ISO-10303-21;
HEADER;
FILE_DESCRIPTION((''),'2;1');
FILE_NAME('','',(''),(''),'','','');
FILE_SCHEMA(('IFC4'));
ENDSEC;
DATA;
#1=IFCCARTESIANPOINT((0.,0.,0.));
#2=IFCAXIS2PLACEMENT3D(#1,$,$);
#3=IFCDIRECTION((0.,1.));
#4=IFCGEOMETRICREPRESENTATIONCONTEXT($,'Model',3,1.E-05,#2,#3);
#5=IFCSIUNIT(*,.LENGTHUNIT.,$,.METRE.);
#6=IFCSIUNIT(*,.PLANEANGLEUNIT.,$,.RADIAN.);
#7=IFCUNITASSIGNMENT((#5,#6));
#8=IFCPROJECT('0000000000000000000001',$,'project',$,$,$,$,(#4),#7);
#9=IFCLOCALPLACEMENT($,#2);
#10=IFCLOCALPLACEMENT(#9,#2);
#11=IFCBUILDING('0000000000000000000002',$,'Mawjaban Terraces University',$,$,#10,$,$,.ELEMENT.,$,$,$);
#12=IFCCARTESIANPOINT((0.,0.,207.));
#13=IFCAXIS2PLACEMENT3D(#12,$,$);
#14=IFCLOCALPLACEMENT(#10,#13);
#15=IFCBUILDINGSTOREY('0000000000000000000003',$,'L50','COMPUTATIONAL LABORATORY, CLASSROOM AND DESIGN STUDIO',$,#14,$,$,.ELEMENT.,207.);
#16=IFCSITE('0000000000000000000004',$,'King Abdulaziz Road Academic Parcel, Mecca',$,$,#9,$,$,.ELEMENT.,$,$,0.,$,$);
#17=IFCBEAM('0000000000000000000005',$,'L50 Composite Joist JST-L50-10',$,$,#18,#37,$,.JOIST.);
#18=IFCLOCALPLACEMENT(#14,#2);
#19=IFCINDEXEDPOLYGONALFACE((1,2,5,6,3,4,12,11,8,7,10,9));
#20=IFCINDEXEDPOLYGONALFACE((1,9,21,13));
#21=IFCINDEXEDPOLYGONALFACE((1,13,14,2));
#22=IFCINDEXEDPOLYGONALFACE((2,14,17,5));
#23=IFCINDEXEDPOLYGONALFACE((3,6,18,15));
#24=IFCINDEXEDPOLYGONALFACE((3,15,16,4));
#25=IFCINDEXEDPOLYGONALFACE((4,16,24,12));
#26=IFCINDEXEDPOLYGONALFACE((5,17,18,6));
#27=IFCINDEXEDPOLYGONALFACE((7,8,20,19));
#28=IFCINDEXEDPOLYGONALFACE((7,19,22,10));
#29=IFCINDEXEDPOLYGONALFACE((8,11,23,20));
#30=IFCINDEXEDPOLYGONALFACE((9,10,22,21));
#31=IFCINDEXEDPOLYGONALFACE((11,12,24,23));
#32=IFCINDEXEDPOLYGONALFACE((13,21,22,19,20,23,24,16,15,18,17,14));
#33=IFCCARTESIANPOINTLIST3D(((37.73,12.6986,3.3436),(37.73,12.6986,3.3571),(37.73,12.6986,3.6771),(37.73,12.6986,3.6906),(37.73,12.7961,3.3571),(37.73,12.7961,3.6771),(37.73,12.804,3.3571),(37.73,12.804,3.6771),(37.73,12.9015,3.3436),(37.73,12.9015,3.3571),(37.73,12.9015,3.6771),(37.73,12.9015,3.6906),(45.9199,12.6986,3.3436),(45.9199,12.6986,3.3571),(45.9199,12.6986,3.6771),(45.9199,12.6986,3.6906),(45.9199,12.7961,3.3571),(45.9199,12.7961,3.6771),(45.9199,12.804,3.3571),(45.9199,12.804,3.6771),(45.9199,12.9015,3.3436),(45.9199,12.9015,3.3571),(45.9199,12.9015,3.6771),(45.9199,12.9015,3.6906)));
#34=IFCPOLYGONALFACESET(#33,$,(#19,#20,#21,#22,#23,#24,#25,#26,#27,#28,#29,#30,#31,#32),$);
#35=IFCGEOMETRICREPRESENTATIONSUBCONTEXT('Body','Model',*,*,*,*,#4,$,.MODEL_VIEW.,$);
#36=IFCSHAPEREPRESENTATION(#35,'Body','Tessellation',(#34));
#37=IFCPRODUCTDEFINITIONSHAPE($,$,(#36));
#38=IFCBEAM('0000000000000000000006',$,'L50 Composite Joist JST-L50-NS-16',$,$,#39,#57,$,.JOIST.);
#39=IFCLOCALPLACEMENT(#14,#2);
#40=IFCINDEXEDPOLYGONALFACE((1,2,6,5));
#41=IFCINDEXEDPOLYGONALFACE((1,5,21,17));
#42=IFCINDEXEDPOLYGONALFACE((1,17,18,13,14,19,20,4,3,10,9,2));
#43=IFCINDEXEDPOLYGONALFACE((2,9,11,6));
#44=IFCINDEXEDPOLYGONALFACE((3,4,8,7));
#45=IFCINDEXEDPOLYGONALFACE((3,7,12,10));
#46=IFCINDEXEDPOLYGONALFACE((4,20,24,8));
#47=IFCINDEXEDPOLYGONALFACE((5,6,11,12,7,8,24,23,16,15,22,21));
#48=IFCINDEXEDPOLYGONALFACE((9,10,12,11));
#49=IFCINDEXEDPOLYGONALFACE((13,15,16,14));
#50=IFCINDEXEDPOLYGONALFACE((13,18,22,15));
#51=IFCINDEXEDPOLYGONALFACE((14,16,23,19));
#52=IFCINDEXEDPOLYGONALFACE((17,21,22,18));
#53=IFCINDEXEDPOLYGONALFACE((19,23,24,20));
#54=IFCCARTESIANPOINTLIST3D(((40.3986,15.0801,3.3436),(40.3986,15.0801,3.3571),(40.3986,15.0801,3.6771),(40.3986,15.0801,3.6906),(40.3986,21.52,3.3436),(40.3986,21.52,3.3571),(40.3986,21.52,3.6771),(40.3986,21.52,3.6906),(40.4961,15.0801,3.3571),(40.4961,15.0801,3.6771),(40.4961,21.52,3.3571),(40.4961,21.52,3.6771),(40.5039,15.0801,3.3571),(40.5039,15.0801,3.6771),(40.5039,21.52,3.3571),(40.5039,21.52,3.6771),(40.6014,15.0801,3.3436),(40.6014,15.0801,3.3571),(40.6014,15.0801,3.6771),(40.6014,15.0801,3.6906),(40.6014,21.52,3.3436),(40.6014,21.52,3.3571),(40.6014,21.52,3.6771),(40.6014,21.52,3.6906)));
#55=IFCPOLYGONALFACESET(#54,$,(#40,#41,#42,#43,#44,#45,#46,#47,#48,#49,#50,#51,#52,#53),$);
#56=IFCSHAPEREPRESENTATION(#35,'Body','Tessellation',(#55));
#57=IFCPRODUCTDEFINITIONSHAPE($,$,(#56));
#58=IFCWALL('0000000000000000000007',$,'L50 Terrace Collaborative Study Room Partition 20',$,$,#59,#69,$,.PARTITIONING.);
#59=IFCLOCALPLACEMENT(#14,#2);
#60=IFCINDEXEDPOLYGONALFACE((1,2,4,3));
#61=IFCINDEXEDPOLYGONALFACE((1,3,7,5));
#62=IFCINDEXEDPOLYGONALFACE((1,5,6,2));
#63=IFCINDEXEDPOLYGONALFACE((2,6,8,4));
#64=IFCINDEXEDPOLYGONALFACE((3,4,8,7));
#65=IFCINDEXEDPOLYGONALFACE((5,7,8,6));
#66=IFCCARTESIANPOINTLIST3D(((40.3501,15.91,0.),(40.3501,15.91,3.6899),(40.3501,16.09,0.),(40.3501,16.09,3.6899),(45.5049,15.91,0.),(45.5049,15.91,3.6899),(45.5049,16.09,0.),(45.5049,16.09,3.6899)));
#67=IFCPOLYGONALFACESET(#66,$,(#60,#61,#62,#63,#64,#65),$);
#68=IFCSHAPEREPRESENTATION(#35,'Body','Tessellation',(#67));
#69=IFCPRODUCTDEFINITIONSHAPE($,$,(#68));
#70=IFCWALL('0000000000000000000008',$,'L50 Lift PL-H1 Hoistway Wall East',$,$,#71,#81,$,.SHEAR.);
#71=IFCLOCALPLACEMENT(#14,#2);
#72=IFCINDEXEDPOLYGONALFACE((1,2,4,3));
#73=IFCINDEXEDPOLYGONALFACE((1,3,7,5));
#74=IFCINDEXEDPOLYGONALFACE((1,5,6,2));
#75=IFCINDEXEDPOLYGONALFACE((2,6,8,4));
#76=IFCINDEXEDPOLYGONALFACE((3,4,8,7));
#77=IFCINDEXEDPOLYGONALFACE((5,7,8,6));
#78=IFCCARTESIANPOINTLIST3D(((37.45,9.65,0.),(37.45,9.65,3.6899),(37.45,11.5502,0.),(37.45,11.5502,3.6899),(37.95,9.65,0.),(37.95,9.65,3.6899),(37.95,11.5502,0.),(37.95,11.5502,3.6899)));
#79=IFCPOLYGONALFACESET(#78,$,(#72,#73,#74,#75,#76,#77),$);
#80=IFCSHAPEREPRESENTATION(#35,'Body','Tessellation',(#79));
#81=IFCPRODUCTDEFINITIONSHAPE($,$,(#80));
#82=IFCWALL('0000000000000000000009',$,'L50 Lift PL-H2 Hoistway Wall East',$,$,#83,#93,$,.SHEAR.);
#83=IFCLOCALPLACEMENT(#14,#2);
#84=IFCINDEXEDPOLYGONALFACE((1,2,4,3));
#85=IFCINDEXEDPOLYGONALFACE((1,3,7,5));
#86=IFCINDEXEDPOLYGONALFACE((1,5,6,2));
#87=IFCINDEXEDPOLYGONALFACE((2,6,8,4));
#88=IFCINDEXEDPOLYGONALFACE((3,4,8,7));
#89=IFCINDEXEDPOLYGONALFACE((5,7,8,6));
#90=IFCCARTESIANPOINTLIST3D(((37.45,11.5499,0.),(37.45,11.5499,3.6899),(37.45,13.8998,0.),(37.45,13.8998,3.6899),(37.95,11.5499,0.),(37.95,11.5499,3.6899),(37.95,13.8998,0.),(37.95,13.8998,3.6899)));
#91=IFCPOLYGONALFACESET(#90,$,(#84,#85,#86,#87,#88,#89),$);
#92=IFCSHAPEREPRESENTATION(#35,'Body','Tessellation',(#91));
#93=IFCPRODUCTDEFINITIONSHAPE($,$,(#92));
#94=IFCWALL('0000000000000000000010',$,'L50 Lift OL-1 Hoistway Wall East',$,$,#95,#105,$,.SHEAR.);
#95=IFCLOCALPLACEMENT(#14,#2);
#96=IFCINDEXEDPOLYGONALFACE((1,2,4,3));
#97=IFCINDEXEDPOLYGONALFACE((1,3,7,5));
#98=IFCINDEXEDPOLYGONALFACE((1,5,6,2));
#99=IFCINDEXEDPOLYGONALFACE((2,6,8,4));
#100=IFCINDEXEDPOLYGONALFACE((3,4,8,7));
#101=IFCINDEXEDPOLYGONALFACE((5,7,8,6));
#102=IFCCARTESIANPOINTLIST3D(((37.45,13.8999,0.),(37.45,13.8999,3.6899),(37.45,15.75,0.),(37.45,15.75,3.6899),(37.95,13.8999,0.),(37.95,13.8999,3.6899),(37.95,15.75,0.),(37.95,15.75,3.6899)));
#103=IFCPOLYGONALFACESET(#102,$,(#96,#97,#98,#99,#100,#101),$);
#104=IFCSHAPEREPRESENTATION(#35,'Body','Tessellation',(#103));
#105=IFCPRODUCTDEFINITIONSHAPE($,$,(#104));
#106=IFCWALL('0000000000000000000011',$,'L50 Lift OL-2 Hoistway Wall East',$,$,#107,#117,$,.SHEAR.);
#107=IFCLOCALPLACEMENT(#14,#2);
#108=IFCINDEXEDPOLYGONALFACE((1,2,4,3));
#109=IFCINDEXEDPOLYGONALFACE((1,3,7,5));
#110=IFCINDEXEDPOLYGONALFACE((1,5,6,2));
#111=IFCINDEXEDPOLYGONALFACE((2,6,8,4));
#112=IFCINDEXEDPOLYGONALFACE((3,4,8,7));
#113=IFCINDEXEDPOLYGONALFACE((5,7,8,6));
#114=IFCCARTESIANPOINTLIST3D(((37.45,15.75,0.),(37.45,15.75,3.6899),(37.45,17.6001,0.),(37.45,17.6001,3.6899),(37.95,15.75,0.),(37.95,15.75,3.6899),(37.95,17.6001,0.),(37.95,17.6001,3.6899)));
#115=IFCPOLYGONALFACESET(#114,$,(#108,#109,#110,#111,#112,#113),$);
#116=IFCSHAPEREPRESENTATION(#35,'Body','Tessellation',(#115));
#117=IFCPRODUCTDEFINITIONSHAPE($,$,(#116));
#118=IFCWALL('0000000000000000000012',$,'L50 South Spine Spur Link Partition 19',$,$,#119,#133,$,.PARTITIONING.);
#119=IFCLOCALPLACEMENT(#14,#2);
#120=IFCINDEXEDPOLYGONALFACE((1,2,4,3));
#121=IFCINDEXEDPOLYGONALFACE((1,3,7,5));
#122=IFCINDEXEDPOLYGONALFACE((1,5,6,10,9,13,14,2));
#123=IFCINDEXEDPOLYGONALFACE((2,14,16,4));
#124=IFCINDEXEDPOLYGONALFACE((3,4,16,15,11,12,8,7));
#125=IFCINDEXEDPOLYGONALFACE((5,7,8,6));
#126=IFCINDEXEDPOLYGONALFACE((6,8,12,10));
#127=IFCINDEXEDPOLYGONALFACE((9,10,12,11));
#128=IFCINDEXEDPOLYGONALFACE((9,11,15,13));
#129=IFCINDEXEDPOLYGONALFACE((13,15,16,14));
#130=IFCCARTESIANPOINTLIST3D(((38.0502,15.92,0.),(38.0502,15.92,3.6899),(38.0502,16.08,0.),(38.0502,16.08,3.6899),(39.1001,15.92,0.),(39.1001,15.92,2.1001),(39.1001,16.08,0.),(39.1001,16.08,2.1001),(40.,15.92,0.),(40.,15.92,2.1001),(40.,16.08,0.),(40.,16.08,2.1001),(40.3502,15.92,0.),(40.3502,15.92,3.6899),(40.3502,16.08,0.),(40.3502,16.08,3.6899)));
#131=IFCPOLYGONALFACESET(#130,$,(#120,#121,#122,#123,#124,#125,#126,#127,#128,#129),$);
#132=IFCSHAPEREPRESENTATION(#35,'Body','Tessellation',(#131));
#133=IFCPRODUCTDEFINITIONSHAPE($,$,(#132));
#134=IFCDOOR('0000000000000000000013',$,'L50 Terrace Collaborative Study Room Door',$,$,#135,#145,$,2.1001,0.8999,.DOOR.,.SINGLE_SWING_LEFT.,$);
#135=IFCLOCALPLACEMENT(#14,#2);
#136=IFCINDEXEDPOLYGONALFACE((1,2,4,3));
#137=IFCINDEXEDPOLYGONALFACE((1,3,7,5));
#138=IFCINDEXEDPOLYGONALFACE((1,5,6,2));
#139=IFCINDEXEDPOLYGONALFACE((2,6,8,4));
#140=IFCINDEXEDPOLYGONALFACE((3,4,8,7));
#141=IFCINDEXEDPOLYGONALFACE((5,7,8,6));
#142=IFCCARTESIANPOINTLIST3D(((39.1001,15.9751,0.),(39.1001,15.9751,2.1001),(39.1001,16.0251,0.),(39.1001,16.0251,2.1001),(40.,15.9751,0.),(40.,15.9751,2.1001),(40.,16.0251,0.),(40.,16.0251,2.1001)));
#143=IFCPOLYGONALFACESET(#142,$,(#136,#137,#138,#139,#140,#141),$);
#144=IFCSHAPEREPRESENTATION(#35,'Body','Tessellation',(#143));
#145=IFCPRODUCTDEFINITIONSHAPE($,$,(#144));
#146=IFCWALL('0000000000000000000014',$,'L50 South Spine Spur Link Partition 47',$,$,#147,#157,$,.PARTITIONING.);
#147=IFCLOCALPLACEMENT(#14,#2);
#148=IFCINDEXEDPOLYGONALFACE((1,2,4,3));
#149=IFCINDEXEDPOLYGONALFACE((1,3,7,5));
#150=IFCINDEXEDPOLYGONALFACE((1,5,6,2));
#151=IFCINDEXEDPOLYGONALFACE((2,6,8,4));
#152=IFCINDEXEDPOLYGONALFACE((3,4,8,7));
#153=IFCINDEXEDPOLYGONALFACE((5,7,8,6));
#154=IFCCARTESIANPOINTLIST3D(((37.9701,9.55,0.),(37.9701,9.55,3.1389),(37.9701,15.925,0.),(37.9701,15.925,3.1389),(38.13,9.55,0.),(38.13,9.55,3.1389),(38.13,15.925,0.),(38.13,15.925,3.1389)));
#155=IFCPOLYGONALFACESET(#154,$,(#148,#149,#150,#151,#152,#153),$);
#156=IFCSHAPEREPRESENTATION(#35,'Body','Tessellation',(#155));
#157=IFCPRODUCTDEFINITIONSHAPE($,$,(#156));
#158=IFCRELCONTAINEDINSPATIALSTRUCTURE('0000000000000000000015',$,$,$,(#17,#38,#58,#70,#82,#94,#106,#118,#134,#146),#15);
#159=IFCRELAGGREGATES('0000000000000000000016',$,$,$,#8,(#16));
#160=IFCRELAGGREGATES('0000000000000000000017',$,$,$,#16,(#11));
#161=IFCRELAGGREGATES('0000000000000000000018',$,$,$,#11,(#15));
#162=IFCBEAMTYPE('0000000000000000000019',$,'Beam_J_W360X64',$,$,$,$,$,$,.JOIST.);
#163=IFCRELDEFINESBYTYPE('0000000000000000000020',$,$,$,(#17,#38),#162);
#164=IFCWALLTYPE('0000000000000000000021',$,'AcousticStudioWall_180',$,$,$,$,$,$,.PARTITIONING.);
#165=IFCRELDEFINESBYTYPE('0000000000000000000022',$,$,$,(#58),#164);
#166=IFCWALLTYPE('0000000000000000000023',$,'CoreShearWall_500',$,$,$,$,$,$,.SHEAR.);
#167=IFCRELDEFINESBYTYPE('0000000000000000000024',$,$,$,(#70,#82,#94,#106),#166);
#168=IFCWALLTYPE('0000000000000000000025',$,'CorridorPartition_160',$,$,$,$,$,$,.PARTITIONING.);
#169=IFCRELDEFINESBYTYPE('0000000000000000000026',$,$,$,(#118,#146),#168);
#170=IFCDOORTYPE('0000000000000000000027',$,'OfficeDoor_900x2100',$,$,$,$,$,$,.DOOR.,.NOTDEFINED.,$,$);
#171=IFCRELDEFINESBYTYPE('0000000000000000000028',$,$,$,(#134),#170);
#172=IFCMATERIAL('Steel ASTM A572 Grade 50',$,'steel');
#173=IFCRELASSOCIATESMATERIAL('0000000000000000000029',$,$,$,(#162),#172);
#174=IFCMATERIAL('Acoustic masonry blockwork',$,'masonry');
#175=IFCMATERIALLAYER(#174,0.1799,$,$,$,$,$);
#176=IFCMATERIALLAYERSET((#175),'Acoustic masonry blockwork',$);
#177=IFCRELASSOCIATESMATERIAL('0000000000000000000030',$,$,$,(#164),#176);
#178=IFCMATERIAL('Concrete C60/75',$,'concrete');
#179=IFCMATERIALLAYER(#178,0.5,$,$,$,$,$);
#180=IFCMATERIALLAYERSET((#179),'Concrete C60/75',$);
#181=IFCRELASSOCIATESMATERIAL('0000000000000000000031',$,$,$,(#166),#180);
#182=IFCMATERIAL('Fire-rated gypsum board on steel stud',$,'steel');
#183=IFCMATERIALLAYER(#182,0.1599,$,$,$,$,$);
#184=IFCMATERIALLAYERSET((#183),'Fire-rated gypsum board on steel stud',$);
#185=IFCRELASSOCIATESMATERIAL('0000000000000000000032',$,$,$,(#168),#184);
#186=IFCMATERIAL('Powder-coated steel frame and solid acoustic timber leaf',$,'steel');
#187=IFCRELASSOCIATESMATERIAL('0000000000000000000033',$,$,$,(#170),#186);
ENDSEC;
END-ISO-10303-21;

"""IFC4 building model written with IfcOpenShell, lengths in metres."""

from ifc_helpers import new_model, si_unit, direction, frame, frame_2d, origin, origin_2d, place, context, subcontext, project, spatial, rectangle, i_section, extrude, material, layer, layer_set, material_profile, profile_set, type_object, element, fill, save


model = new_model("IFC4")

# Units and contexts
model_context = context("Model", 3, precision=1e-05, world=origin(), true_north=direction((0.0, 1.0)))
body_context = subcontext(model_context, "Body", "Model", "MODEL_VIEW")
ifc_project = project(units=[si_unit("LENGTHUNIT", "METRE"), si_unit("PLANEANGLEUNIT", "RADIAN")], contexts=[model_context])

# Site, building, storey
site_placement = place(None, origin())
site = spatial("IfcSite", under=ifc_project, at=site_placement, Name="King Abdulaziz Road Academic Parcel, Mecca", CompositionType="ELEMENT", RefElevation=0.0)
building_placement = place(site_placement, origin())
building = spatial("IfcBuilding", under=site, at=building_placement, Name="Mawjaban Terraces University", CompositionType="ELEMENT")
storey_placement = place(building_placement, frame((0.0, 0.0, 207.0)))
storey = spatial("IfcBuildingStorey", under=building, at=storey_placement, Name="L50", Description="COMPUTATIONAL LABORATORY, CLASSROOM AND DESIGN STUDIO", CompositionType="ELEMENT", Elevation=207.0)

# Beams
ifc_material_1 = material(Name="Steel ASTM A572 Grade 50", Category="steel")
ifc_material_profile_1 = material_profile(ifc_material_1, i_section(OverallWidth=0.2029, OverallDepth=0.3469, WebThickness=0.0078, FlangeThickness=0.0134, at=origin_2d()), Name="W360X64")
ifc_profile_set_1 = profile_set([ifc_material_profile_1], Name="Steel ASTM A572 Grade 50")
beam_type_1 = type_object("IfcBeamType", Name="Beam_J_W360X64", PredefinedType="JOIST", material=ifc_profile_set_1)
beam_1_placement = place(storey_placement, frame((37.73, 12.8, 3.5171), z_axis=(1.0, 0.0, 0.0), x_axis=(0.0, 1.0, 0.0)))
element("IfcBeam", 1, at=beam_1_placement, inside=storey, type_object=beam_type_1, Name="L50 Composite Joist JST-L50-10", PredefinedType="JOIST", context=body_context, shape_type="SweptSolid", body=[
    extrude(i_section(OverallWidth=0.2029, OverallDepth=0.3469, WebThickness=0.0078, FlangeThickness=0.0134, at=origin_2d()), origin(), (0.0, 0.0, 1.0), 8.1899),
])
beam_2_placement = place(storey_placement, frame((40.5, 15.0801, 3.5171), z_axis=(0.0, 1.0, 0.0), x_axis=(-1.0, 0.0, 0.0)))
element("IfcBeam", 2, at=beam_2_placement, inside=storey, type_object=beam_type_1, Name="L50 Composite Joist JST-L50-NS-16", PredefinedType="JOIST", context=body_context, shape_type="SweptSolid", body=[
    extrude(i_section(OverallWidth=0.2029, OverallDepth=0.3469, WebThickness=0.0078, FlangeThickness=0.0134, at=origin_2d()), origin(), (0.0, 0.0, 1.0), 6.4399),
])

# Walls
ifc_material_2 = material(Name="Acoustic masonry blockwork", Category="masonry")
ifc_layer_1 = layer(ifc_material_2, 0.1799)
ifc_layer_set_1 = layer_set([ifc_layer_1], Name="Acoustic masonry blockwork")
wall_type_1 = type_object("IfcWallType", Name="AcousticStudioWall_180", PredefinedType="PARTITIONING", material=ifc_layer_set_1)
wall_1_placement = place(storey_placement, frame((40.3501, 16.0, 0.0), z_axis=(0.0, 0.0, 1.0), x_axis=(1.0, 0.0, 0.0)))
element("IfcWall", 3, at=wall_1_placement, inside=storey, type_object=wall_type_1, Name="L50 Terrace Collaborative Study Room Partition 20", PredefinedType="PARTITIONING", context=body_context, shape_type="SweptSolid", body=[
    extrude(rectangle(XDim=5.1548, YDim=0.1799, at=frame_2d((2.5774, 0.0))), origin(), (0.0, 0.0, 1.0), 3.6899),
])
ifc_material_3 = material(Name="Concrete C60/75", Category="concrete")
ifc_layer_2 = layer(ifc_material_3, 0.5)
ifc_layer_set_2 = layer_set([ifc_layer_2], Name="Concrete C60/75")
wall_type_2 = type_object("IfcWallType", Name="CoreShearWall_500", PredefinedType="SHEAR", material=ifc_layer_set_2)
wall_2_placement = place(storey_placement, frame((37.7, 9.6499, 0.0), z_axis=(0.0, 0.0, 1.0), x_axis=(0.0, 1.0, 0.0)))
element("IfcWall", 4, at=wall_2_placement, inside=storey, type_object=wall_type_2, Name="L50 Lift PL-H1 Hoistway Wall East", PredefinedType="SHEAR", context=body_context, shape_type="SweptSolid", body=[
    extrude(rectangle(XDim=1.9001, YDim=0.5, at=frame_2d((0.9502, 0.0))), origin(), (0.0, 0.0, 1.0), 3.6899),
])
wall_3_placement = place(storey_placement, frame((37.7, 11.55, 0.0), z_axis=(0.0, 0.0, 1.0), x_axis=(0.0, 1.0, 0.0)))
element("IfcWall", 5, at=wall_3_placement, inside=storey, type_object=wall_type_2, Name="L50 Lift PL-H2 Hoistway Wall East", PredefinedType="SHEAR", context=body_context, shape_type="SweptSolid", body=[
    extrude(rectangle(XDim=2.3499, YDim=0.5, at=frame_2d((1.1748, 0.0))), origin(), (0.0, 0.0, 1.0), 3.6899),
])
for number, where, z_axis, x_axis, name in (
    (6, (37.7, 13.8999, 0.0), (0.0, 0.0, 1.0), (0.0, 1.0, 0.0), "L50 Lift OL-1 Hoistway Wall East"),
    (7, (37.7, 15.75, 0.0), (0.0, 0.0, 1.0), (0.0, 1.0, 0.0), "L50 Lift OL-2 Hoistway Wall East"),
):
    element("IfcWall", number, at=place(storey_placement, frame(where, z_axis=z_axis, x_axis=x_axis)), inside=storey, type_object=wall_type_2, Name=name, PredefinedType="SHEAR", context=body_context, shape_type="SweptSolid", body=[
        extrude(rectangle(XDim=1.8501, YDim=0.5, at=frame_2d((0.925, 0.0))), origin(), (0.0, 0.0, 1.0), 3.6899),
    ])

# Wall, opening, door
ifc_material_4 = material(Name="Fire-rated gypsum board on steel stud", Category="steel")
ifc_layer_3 = layer(ifc_material_4, 0.1599)
ifc_layer_set_3 = layer_set([ifc_layer_3], Name="Fire-rated gypsum board on steel stud")
wall_type_3 = type_object("IfcWallType", Name="CorridorPartition_160", PredefinedType="PARTITIONING", material=ifc_layer_set_3)
wall_4_placement = place(storey_placement, frame((40.3501, 16.0, 0.0), z_axis=(0.0, 0.0, 1.0), x_axis=(-1.0, 0.0, 0.0)))
wall_4 = element("IfcWall", 8, at=wall_4_placement, inside=storey, type_object=wall_type_3, Name="L50 South Spine Spur Link Partition 19", PredefinedType="PARTITIONING", context=body_context, shape_type="SweptSolid", body=[
    extrude(rectangle(XDim=2.3, YDim=0.1599, at=frame_2d((1.1499, 0.0))), origin(), (0.0, 0.0, 1.0), 3.6899),
])
opening_1_placement = place(wall_4_placement, frame((0.3501, 0.0, 0.0)))
opening_1 = element("IfcOpeningElement", 9, at=opening_1_placement, cuts=wall_4, PredefinedType="OPENING", context=body_context, shape_type="SweptSolid", body=[
    extrude(rectangle(XDim=0.8999, YDim=2.1001, at=frame_2d((0.45, 1.05))), frame((0.0, 0.0898, 0.0), z_axis=(0.0, -1.0, 0.0), x_axis=(1.0, 0.0, 0.0)), (0.0, 0.0, 1.0), 0.1799),
])
ifc_material_5 = material(Name="Powder-coated steel frame and solid acoustic timber leaf", Category="steel")
door_type_1 = type_object("IfcDoorType", Name="OfficeDoor_900x2100", OperationType="NOTDEFINED", PredefinedType="DOOR", material=ifc_material_5)
door_1_placement = place(opening_1_placement, origin())
door_1 = element("IfcDoor", 10, at=door_1_placement, inside=storey, type_object=door_type_1, Name="L50 Terrace Collaborative Study Room Door", OperationType="SINGLE_SWING_LEFT", OverallHeight=2.1001, OverallWidth=0.8999, PredefinedType="DOOR", context=body_context, shape_type="SweptSolid", body=[
    extrude(rectangle(XDim=0.8999, YDim=2.1001, at=frame_2d((0.45, 1.05))), frame((0.0, 0.0249, 0.0), z_axis=(0.0, -1.0, 0.0), x_axis=(1.0, 0.0, 0.0)), (0.0, 0.0, 1.0), 0.05),
])
fill(opening_1, door_1)

# Wall
wall_5_placement = place(storey_placement, frame((38.05, 15.925, 0.0), z_axis=(0.0, 0.0, 1.0), x_axis=(0.0, -1.0, 0.0)))
element("IfcWall", 11, at=wall_5_placement, inside=storey, type_object=wall_type_3, Name="L50 South Spine Spur Link Partition 47", PredefinedType="PARTITIONING", context=body_context, shape_type="SweptSolid", body=[
    extrude(rectangle(XDim=6.375, YDim=0.1599, at=frame_2d((3.1875, 0.0))), origin(), (0.0, 0.0, 1.0), 3.1389),
])

save(model, "model.ifc")
